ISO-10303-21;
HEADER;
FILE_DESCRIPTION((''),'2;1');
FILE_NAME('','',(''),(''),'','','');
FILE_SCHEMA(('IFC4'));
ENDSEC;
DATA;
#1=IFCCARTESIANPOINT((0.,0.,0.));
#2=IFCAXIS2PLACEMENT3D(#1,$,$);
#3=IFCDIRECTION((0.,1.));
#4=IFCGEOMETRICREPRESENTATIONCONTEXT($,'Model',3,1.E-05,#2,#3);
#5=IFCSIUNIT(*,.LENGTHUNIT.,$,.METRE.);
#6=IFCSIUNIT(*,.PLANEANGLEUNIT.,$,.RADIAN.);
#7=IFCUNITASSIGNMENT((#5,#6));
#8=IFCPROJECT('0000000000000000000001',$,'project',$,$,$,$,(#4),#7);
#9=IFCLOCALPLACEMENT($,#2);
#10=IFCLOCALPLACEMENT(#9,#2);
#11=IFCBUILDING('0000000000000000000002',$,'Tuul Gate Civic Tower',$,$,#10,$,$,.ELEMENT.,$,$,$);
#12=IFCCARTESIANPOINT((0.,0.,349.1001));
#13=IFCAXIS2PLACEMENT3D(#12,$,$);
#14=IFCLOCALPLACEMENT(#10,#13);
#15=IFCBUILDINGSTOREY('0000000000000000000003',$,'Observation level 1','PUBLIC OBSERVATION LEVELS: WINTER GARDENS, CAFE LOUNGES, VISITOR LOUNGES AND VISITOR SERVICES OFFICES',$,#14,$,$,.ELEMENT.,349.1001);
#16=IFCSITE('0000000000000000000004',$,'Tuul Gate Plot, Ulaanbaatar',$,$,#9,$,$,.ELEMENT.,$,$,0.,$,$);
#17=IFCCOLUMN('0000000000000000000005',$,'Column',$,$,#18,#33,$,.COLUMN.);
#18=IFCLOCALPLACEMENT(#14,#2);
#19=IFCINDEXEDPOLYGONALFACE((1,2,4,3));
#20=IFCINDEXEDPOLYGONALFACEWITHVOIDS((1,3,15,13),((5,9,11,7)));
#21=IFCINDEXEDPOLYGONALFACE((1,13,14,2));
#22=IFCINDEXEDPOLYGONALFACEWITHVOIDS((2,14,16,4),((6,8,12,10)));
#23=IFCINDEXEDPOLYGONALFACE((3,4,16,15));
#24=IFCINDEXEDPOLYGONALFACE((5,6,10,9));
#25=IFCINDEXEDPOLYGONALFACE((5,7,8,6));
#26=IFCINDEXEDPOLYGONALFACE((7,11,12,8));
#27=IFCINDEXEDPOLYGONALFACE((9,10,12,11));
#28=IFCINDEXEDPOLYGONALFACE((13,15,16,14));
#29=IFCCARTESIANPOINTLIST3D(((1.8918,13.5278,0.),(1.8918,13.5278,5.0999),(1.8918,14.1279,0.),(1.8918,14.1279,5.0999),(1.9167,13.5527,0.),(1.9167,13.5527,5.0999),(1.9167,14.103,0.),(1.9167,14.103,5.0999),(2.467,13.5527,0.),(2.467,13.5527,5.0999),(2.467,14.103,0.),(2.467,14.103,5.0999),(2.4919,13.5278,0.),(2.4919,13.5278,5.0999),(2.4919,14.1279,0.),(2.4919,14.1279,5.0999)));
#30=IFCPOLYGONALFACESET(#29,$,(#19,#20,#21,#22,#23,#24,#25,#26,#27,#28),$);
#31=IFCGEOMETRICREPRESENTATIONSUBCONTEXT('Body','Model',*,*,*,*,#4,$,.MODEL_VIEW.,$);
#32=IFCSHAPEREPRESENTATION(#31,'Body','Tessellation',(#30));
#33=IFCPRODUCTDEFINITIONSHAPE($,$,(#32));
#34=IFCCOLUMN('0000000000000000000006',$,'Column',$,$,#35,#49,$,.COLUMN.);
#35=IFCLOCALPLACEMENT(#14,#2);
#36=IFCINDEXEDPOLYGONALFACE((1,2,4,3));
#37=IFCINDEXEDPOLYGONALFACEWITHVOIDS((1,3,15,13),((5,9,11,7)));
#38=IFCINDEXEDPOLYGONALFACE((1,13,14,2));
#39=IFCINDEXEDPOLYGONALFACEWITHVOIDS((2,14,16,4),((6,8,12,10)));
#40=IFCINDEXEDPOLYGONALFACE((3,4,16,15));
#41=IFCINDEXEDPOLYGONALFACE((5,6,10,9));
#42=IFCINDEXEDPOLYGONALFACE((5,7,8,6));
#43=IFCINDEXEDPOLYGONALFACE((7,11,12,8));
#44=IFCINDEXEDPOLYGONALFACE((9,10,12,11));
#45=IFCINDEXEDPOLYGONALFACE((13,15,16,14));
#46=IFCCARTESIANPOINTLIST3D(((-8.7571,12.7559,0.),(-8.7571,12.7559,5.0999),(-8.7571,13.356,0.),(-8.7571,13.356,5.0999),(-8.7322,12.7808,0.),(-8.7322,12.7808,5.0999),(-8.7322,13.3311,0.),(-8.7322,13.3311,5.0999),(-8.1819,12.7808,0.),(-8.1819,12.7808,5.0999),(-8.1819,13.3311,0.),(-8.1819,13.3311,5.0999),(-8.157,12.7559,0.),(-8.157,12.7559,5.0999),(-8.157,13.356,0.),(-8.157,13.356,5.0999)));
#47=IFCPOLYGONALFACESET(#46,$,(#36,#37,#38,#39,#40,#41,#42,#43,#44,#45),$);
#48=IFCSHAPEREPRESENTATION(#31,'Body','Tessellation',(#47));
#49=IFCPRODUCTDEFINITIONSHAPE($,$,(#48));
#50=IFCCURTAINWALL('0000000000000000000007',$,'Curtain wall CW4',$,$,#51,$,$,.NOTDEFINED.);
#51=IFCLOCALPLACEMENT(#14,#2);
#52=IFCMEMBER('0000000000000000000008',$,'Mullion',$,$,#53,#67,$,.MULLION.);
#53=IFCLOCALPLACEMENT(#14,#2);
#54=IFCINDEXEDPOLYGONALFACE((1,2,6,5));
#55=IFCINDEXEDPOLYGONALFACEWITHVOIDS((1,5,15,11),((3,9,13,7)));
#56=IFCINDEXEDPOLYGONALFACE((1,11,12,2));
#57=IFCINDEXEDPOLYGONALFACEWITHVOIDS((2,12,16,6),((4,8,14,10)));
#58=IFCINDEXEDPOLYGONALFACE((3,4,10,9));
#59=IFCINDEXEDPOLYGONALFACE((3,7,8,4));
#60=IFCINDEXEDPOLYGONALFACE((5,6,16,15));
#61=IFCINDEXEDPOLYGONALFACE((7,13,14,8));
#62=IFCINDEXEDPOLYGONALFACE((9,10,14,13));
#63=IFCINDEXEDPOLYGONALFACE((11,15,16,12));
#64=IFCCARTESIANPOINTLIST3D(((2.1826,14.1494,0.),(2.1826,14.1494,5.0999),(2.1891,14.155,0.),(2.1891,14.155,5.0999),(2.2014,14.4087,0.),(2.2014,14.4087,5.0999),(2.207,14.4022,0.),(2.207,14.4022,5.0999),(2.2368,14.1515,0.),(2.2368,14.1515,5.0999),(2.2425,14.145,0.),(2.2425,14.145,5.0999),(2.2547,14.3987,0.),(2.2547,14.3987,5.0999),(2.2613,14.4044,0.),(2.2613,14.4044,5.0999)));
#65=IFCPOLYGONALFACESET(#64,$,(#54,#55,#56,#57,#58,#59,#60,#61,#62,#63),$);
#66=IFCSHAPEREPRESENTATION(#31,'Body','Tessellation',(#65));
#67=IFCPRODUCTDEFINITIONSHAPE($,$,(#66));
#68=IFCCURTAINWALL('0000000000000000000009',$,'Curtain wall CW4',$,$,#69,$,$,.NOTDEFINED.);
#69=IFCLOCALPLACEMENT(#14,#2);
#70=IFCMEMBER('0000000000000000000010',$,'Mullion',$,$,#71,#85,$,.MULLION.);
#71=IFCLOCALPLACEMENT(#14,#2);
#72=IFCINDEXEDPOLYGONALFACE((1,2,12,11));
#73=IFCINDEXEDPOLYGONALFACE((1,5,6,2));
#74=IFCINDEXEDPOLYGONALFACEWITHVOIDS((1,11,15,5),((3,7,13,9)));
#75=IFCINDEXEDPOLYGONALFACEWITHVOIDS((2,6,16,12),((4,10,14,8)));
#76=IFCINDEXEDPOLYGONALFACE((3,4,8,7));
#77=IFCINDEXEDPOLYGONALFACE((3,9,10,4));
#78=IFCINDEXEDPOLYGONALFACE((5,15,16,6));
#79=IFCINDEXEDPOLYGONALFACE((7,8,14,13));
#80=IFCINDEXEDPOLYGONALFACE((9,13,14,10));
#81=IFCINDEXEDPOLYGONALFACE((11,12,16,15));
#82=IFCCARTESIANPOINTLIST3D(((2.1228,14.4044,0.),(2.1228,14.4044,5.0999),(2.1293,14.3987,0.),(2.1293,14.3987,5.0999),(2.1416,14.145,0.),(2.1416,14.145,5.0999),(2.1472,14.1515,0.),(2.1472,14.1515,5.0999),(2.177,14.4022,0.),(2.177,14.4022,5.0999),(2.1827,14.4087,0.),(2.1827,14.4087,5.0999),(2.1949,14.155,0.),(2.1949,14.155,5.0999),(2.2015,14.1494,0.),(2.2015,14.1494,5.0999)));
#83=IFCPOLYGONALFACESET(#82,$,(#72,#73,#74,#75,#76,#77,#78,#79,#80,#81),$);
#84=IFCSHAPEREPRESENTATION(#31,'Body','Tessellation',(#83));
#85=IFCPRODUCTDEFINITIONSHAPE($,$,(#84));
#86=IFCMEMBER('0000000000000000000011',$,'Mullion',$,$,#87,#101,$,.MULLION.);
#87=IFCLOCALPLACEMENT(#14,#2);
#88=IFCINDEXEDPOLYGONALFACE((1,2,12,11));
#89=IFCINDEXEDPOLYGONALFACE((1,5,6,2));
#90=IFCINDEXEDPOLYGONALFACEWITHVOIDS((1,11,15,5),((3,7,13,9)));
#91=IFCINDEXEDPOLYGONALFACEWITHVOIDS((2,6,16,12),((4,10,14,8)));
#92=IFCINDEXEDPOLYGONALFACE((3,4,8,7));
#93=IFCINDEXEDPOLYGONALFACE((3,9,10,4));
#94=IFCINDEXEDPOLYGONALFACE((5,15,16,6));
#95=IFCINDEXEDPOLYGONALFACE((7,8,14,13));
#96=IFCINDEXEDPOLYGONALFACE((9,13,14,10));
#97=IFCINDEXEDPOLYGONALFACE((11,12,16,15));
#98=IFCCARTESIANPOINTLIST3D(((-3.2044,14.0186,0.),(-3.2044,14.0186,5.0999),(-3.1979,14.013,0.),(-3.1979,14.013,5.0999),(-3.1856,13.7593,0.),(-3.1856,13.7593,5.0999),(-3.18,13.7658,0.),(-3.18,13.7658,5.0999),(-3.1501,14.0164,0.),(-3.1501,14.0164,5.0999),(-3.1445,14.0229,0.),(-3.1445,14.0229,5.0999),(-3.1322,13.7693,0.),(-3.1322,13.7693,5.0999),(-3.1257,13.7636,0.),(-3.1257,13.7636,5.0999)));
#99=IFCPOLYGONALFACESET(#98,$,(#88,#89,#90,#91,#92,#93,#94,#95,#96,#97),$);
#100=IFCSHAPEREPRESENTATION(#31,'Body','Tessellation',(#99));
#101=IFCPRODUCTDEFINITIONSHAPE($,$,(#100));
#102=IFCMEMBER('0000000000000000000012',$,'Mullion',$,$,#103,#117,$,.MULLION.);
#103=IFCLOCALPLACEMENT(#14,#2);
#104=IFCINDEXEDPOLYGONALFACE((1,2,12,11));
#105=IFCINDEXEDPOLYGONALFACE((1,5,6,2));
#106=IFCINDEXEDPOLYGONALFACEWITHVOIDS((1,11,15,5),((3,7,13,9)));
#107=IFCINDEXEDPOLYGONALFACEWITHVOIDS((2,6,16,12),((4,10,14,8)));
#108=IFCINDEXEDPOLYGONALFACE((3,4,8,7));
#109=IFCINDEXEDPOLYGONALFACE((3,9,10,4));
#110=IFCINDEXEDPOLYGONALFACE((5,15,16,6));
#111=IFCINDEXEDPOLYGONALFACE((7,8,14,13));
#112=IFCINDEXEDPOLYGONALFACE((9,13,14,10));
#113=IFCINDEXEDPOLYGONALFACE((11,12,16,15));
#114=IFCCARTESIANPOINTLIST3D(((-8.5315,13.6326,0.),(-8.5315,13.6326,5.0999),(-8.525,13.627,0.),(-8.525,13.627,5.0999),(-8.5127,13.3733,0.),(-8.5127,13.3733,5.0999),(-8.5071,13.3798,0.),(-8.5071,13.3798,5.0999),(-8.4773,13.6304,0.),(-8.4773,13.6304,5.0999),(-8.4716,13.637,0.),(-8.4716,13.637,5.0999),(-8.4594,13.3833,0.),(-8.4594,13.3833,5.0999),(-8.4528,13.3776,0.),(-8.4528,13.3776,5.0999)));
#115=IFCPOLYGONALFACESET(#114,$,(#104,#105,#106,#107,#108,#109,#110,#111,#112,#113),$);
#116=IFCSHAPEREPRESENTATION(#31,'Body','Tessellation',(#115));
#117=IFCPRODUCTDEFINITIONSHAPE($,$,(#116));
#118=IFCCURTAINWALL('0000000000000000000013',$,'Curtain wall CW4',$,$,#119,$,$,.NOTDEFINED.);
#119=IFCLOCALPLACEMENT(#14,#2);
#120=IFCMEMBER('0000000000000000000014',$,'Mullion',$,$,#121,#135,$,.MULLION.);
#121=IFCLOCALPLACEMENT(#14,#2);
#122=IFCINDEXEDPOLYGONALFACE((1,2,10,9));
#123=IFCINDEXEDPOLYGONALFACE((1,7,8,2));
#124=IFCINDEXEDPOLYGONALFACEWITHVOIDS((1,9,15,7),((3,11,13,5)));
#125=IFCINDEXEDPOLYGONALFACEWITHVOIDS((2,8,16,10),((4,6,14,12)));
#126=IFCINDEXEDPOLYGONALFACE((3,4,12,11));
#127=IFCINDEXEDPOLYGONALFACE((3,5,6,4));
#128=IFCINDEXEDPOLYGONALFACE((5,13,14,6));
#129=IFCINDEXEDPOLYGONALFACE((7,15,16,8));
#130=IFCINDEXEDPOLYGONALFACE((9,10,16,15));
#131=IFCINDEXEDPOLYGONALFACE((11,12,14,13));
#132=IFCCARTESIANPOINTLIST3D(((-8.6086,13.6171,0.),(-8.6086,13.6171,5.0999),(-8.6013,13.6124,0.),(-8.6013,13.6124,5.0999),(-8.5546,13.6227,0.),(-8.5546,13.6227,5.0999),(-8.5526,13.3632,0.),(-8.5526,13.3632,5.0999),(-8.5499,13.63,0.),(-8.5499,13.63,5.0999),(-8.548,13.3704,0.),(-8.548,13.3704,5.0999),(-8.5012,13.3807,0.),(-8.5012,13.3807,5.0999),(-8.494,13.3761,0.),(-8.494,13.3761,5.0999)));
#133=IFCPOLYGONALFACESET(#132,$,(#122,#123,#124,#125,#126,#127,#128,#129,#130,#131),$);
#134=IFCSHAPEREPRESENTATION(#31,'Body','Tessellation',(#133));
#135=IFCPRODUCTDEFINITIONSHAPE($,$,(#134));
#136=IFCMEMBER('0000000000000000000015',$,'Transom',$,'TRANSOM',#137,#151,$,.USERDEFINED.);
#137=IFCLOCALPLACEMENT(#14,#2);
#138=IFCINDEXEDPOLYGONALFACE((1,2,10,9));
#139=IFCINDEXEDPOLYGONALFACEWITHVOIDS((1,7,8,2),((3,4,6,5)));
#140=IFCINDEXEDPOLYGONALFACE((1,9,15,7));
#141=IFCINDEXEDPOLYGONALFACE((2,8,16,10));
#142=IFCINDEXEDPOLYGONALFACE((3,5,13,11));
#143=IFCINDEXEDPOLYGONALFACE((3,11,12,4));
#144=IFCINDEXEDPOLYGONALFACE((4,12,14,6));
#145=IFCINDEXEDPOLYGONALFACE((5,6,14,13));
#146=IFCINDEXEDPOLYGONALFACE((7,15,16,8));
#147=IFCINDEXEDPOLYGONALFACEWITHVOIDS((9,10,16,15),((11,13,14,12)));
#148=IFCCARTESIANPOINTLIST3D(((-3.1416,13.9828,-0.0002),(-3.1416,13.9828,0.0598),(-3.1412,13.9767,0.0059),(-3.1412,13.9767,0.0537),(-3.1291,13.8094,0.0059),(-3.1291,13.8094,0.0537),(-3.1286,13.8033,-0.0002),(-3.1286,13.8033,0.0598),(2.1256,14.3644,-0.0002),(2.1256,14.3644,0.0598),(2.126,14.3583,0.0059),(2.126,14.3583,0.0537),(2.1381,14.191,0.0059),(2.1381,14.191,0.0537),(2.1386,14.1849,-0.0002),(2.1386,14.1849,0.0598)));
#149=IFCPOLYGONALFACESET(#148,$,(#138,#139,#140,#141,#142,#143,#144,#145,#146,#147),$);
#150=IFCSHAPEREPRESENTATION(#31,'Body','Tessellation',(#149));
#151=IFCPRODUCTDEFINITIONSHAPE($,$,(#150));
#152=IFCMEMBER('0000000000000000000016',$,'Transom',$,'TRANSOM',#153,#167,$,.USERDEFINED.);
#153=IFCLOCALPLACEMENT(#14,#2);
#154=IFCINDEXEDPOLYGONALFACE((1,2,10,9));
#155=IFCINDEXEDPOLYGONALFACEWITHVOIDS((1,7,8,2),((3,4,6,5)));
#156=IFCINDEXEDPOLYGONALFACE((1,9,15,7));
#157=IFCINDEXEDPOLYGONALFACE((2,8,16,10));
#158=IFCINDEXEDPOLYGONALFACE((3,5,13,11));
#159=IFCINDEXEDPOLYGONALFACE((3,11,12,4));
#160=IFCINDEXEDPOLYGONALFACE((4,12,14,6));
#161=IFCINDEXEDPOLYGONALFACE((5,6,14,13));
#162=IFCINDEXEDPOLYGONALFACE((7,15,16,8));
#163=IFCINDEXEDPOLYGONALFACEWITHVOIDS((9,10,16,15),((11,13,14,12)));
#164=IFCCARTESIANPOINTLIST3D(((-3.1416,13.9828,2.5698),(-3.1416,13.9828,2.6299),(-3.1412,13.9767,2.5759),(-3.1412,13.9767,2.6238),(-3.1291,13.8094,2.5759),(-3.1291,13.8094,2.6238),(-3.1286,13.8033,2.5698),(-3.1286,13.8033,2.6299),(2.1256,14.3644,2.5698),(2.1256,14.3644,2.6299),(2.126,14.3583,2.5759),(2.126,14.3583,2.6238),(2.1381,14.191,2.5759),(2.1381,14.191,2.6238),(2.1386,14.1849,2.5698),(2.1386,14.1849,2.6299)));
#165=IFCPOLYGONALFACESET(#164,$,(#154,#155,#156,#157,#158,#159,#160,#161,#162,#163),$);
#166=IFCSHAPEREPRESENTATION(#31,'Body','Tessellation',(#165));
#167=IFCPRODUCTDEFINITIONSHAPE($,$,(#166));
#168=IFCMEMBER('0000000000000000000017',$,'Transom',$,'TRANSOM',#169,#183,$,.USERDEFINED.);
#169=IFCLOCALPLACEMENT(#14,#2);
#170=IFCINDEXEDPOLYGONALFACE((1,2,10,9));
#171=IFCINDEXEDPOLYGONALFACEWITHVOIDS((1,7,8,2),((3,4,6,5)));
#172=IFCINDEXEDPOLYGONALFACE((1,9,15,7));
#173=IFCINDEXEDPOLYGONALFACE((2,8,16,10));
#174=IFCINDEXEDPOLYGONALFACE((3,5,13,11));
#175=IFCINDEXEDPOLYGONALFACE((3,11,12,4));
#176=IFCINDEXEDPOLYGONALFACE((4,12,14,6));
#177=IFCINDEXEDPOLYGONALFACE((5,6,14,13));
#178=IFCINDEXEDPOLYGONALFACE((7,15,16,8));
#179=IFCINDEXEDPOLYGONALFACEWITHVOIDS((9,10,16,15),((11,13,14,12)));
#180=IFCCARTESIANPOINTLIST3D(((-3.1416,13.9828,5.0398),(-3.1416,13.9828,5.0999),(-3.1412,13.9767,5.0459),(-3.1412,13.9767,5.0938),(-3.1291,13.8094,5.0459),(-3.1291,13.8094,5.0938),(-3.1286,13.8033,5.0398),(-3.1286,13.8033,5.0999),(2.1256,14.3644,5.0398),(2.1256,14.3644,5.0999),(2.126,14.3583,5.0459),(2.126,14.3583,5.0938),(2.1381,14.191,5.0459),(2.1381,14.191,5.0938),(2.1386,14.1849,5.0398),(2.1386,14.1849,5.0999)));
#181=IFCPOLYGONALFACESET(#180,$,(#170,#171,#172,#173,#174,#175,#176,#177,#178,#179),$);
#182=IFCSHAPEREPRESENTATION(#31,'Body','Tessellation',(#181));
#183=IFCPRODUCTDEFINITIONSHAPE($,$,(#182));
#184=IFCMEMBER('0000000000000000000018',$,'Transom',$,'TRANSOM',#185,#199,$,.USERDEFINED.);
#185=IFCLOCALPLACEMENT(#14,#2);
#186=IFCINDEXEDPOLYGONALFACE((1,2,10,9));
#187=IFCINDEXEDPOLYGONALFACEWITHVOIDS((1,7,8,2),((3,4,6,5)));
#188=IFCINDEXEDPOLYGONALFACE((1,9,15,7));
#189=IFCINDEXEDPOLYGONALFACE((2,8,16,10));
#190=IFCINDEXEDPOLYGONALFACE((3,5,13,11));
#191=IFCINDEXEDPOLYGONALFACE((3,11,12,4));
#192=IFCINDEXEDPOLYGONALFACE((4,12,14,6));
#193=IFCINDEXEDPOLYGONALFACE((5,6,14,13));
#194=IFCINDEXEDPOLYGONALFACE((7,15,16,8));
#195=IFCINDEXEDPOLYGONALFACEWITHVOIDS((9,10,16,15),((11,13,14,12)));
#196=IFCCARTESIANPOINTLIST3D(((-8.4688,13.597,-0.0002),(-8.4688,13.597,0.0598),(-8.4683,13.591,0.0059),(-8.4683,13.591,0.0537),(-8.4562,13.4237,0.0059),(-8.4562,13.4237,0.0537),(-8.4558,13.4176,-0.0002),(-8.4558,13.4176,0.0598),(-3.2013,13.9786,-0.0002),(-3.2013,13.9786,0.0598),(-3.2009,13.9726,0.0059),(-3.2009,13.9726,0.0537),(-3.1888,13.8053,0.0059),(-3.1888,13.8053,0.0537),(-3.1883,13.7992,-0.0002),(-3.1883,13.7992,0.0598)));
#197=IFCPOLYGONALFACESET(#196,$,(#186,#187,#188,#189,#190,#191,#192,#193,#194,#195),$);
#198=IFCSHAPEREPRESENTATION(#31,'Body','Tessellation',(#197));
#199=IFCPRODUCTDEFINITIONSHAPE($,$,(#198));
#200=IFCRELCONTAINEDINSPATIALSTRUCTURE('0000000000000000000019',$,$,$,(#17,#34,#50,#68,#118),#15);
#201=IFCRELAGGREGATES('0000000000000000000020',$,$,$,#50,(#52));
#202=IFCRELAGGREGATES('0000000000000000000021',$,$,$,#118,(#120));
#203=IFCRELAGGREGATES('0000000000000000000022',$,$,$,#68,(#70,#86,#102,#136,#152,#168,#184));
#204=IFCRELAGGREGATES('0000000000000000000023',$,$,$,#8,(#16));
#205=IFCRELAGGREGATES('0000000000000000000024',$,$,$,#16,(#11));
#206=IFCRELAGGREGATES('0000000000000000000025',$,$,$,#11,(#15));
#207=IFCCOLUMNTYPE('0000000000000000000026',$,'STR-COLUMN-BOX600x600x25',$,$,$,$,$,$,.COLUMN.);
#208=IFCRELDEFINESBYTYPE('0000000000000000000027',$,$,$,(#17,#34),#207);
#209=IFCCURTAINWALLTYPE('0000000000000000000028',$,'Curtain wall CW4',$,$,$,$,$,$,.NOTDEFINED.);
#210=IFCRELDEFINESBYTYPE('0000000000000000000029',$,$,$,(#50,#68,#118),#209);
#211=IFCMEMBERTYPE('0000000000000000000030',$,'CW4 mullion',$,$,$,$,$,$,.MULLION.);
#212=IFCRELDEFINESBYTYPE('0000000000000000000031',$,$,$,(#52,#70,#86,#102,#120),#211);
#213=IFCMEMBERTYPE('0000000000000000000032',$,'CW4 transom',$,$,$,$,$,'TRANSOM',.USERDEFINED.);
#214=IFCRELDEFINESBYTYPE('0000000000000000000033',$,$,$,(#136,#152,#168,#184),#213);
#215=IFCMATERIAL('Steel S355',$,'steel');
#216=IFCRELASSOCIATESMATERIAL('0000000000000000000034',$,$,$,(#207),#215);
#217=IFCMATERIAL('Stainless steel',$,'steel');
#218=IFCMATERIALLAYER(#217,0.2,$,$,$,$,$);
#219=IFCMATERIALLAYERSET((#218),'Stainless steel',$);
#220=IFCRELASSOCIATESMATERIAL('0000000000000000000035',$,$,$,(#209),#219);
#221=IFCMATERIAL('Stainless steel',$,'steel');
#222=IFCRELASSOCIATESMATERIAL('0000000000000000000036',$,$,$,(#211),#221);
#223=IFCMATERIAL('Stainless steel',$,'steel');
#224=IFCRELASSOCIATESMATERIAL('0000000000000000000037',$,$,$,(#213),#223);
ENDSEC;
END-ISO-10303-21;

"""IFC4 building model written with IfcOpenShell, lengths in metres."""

from ifc_helpers import new_model, si_unit, direction, frame, origin, origin_2d, place, context, subcontext, project, spatial, hollow_rectangle, extrude, material, layer, layer_set, material_profile, profile_set, type_object, element, aggregate, save


model = new_model("IFC4")

# Units and contexts
model_context = context("Model", 3, precision=1e-05, world=origin(), true_north=direction((0.0, 1.0)))
body_context = subcontext(model_context, "Body", "Model", "MODEL_VIEW")
ifc_project = project(units=[si_unit("LENGTHUNIT", "METRE"), si_unit("PLANEANGLEUNIT", "RADIAN")], contexts=[model_context])

# Site, building, storey
site_placement = place(None, origin())
site = spatial("IfcSite", under=ifc_project, at=site_placement, Name="Tuul Gate Plot, Ulaanbaatar", CompositionType="ELEMENT", RefElevation=0.0)
building_placement = place(site_placement, origin())
building = spatial("IfcBuilding", under=site, at=building_placement, Name="Tuul Gate Civic Tower", CompositionType="ELEMENT")
storey_placement = place(building_placement, frame((0.0, 0.0, 349.1001)))
storey = spatial("IfcBuildingStorey", under=building, at=storey_placement, Name="Observation level 1", Description="PUBLIC OBSERVATION LEVELS: WINTER GARDENS, CAFE LOUNGES, VISITOR LOUNGES AND VISITOR SERVICES OFFICES", CompositionType="ELEMENT", Elevation=349.1001)

# Columns
ifc_material_1 = material(Name="Steel S355", Category="steel")
ifc_material_profile_1 = material_profile(ifc_material_1, hollow_rectangle(XDim=0.6001, YDim=0.6001, WallThickness=0.0249, at=origin_2d()), Name="BOX600x600x25")
ifc_profile_set_1 = profile_set([ifc_material_profile_1], Name="Steel S355")
column_type = type_object("IfcColumnType", Name="STR-COLUMN-BOX600x600x25", PredefinedType="COLUMN", material=ifc_profile_set_1)
for number, where, z_axis, x_axis, name in (
    (1, (2.1919, 13.8279, 0.0), (0.0, 0.0, 1.0), (1.0, 0.0, 0.0), "Column"),
    (2, (-8.457, 13.0559, 0.0), (0.0, 0.0, 1.0), (1.0, 0.0, 0.0), "Column"),
):
    element("IfcColumn", number, at=place(storey_placement, frame(where, z_axis=z_axis, x_axis=x_axis)), inside=storey, type_object=column_type, Name=name, PredefinedType="COLUMN", context=body_context, shape_type="SweptSolid", body=[
        extrude(hollow_rectangle(XDim=0.6001, YDim=0.6001, WallThickness=0.0249, at=origin_2d()), origin(), (0.0, 0.0, 1.0), 5.0999),
    ])

# Curtain wall, member
ifc_material_2 = material(Name="Stainless steel", Category="steel")
ifc_layer_1 = layer(ifc_material_2, 0.2)
ifc_layer_set_1 = layer_set([ifc_layer_1], Name="Stainless steel")
curtain_wall_type = type_object("IfcCurtainWallType", Name="Curtain wall CW4", PredefinedType="NOTDEFINED", material=ifc_layer_set_1)
curtain_wall_1_placement = place(storey_placement, origin())
curtain_wall_1 = element("IfcCurtainWall", 3, at=curtain_wall_1_placement, inside=storey, type_object=curtain_wall_type, Name="Curtain wall CW4", PredefinedType="NOTDEFINED")
ifc_material_3 = material(Name="Stainless steel", Category="steel")
ifc_material_profile_2 = material_profile(ifc_material_3, hollow_rectangle(XDim=0.26, YDim=0.0601, WallThickness=0.0061, at=origin_2d()), Name="CW4 mullion")
ifc_profile_set_2 = profile_set([ifc_material_profile_2], Name="Stainless steel")
member_type_1 = type_object("IfcMemberType", Name="CW4 mullion", PredefinedType="MULLION", material=ifc_profile_set_2)
member_1_placement = place(storey_placement, frame((2.2219, 14.2769, 0.0), z_axis=(0.0, 0.0, 1.0), x_axis=(-0.072239, -0.997387, 0.0)))
member_1 = element("IfcMember", 4, at=member_1_placement, type_object=member_type_1, Name="Mullion", PredefinedType="MULLION", context=body_context, shape_type="SweptSolid", body=[
    extrude(hollow_rectangle(XDim=0.26, YDim=0.0601, WallThickness=0.0061, at=origin_2d()), origin(), (0.0, 0.0, 1.0), 5.0999),
])
aggregate(curtain_wall_1, [member_1])

# Curtain wall, members
curtain_wall_2_placement = place(storey_placement, origin())
curtain_wall_2 = element("IfcCurtainWall", 5, at=curtain_wall_2_placement, inside=storey, type_object=curtain_wall_type, Name="Curtain wall CW4", PredefinedType="NOTDEFINED")
member_2_placement = place(storey_placement, frame((2.1621, 14.2769, 0.0), z_axis=(0.0, 0.0, 1.0), x_axis=(0.072239, -0.997387, 0.0)))
member_2 = element("IfcMember", 6, at=member_2_placement, type_object=member_type_1, Name="Mullion", PredefinedType="MULLION", context=body_context, shape_type="SweptSolid", body=[
    extrude(hollow_rectangle(XDim=0.26, YDim=0.0601, WallThickness=0.0061, at=origin_2d()), origin(), (0.0, 0.0, 1.0), 5.0999),
])
member_3_placement = place(storey_placement, frame((-3.165, 13.8911, 0.0), z_axis=(0.0, 0.0, 1.0), x_axis=(0.072239, -0.997387, 0.0)))
member_3 = element("IfcMember", 7, at=member_3_placement, type_object=member_type_1, Name="Mullion", PredefinedType="MULLION", context=body_context, shape_type="SweptSolid", body=[
    extrude(hollow_rectangle(XDim=0.26, YDim=0.0601, WallThickness=0.0061, at=origin_2d()), origin(), (0.0, 0.0, 1.0), 5.0999),
])
member_4_placement = place(storey_placement, frame((-8.4922, 13.5051, 0.0), z_axis=(0.0, 0.0, 1.0), x_axis=(0.072239, -0.997387, 0.0)))
member_4 = element("IfcMember", 8, at=member_4_placement, type_object=member_type_1, Name="Mullion", PredefinedType="MULLION", context=body_context, shape_type="SweptSolid", body=[
    extrude(hollow_rectangle(XDim=0.26, YDim=0.0601, WallThickness=0.0061, at=origin_2d()), origin(), (0.0, 0.0, 1.0), 5.0999),
])

# Curtain wall, member
curtain_wall_3_placement = place(storey_placement, origin())
curtain_wall_3 = element("IfcCurtainWall", 9, at=curtain_wall_3_placement, inside=storey, type_object=curtain_wall_type, Name="Curtain wall CW4", PredefinedType="NOTDEFINED")
member_5_placement = place(storey_placement, frame((-8.5513, 13.4966, 0.0), z_axis=(0.0, 0.0, 1.0), x_axis=(0.215215, -0.976567, 0.0)))
member_5 = element("IfcMember", 10, at=member_5_placement, type_object=member_type_1, Name="Mullion", PredefinedType="MULLION", context=body_context, shape_type="SweptSolid", body=[
    extrude(hollow_rectangle(XDim=0.26, YDim=0.0601, WallThickness=0.0061, at=origin_2d()), origin(), (0.0, 0.0, 1.0), 5.0999),
])
aggregate(curtain_wall_3, [member_5])

# Members
ifc_material_4 = material(Name="Stainless steel", Category="steel")
ifc_material_profile_3 = material_profile(ifc_material_4, hollow_rectangle(XDim=0.1799, YDim=0.0601, WallThickness=0.0061, at=origin_2d()), Name="CW4 transom")
ifc_profile_set_3 = profile_set([ifc_material_profile_3], Name="Stainless steel")
member_type_2 = type_object("IfcMemberType", Name="CW4 transom", ElementType="TRANSOM", PredefinedType="USERDEFINED", material=ifc_profile_set_3)
member_6_placement = place(storey_placement, frame((2.1321, 14.2747, 0.0298), z_axis=(-0.997386, -0.072259, 0.0), x_axis=(0.072259, -0.997386, 0.0)))
member_6 = element("IfcMember", 11, at=member_6_placement, type_object=member_type_2, Name="Transom", ObjectType="TRANSOM", PredefinedType="USERDEFINED", context=body_context, shape_type="SweptSolid", body=[
    extrude(hollow_rectangle(XDim=0.1799, YDim=0.0601, WallThickness=0.0061, at=origin_2d()), origin(), (0.0, 0.0, 1.0), 5.281),
])
member_7_placement = place(storey_placement, frame((2.1321, 14.2747, 2.5999), z_axis=(-0.997386, -0.072259, 0.0), x_axis=(0.072259, -0.997386, 0.0)))
member_7 = element("IfcMember", 12, at=member_7_placement, type_object=member_type_2, Name="Transom", ObjectType="TRANSOM", PredefinedType="USERDEFINED", context=body_context, shape_type="SweptSolid", body=[
    extrude(hollow_rectangle(XDim=0.1799, YDim=0.0601, WallThickness=0.0061, at=origin_2d()), origin(), (0.0, 0.0, 1.0), 5.281),
])
member_8_placement = place(storey_placement, frame((2.1321, 14.2747, 5.0698), z_axis=(-0.997386, -0.072259, 0.0), x_axis=(0.072259, -0.997386, 0.0)))
member_8 = element("IfcMember", 13, at=member_8_placement, type_object=member_type_2, Name="Transom", ObjectType="TRANSOM", PredefinedType="USERDEFINED", context=body_context, shape_type="SweptSolid", body=[
    extrude(hollow_rectangle(XDim=0.1799, YDim=0.0601, WallThickness=0.0061, at=origin_2d()), origin(), (0.0, 0.0, 1.0), 5.281),
])
member_9_placement = place(storey_placement, frame((-3.1948, 13.8889, 0.0298), z_axis=(-0.997386, -0.072256, 0.0), x_axis=(0.072256, -0.997386, 0.0)))
member_9 = element("IfcMember", 14, at=member_9_placement, type_object=member_type_2, Name="Transom", ObjectType="TRANSOM", PredefinedType="USERDEFINED", context=body_context, shape_type="SweptSolid", body=[
    extrude(hollow_rectangle(XDim=0.1799, YDim=0.0601, WallThickness=0.0061, at=origin_2d()), origin(), (0.0, 0.0, 1.0), 5.2812),
])

aggregate(curtain_wall_2, [member_2, member_3, member_4, member_6, member_7, member_8, member_9])

save(model, "model.ifc")
